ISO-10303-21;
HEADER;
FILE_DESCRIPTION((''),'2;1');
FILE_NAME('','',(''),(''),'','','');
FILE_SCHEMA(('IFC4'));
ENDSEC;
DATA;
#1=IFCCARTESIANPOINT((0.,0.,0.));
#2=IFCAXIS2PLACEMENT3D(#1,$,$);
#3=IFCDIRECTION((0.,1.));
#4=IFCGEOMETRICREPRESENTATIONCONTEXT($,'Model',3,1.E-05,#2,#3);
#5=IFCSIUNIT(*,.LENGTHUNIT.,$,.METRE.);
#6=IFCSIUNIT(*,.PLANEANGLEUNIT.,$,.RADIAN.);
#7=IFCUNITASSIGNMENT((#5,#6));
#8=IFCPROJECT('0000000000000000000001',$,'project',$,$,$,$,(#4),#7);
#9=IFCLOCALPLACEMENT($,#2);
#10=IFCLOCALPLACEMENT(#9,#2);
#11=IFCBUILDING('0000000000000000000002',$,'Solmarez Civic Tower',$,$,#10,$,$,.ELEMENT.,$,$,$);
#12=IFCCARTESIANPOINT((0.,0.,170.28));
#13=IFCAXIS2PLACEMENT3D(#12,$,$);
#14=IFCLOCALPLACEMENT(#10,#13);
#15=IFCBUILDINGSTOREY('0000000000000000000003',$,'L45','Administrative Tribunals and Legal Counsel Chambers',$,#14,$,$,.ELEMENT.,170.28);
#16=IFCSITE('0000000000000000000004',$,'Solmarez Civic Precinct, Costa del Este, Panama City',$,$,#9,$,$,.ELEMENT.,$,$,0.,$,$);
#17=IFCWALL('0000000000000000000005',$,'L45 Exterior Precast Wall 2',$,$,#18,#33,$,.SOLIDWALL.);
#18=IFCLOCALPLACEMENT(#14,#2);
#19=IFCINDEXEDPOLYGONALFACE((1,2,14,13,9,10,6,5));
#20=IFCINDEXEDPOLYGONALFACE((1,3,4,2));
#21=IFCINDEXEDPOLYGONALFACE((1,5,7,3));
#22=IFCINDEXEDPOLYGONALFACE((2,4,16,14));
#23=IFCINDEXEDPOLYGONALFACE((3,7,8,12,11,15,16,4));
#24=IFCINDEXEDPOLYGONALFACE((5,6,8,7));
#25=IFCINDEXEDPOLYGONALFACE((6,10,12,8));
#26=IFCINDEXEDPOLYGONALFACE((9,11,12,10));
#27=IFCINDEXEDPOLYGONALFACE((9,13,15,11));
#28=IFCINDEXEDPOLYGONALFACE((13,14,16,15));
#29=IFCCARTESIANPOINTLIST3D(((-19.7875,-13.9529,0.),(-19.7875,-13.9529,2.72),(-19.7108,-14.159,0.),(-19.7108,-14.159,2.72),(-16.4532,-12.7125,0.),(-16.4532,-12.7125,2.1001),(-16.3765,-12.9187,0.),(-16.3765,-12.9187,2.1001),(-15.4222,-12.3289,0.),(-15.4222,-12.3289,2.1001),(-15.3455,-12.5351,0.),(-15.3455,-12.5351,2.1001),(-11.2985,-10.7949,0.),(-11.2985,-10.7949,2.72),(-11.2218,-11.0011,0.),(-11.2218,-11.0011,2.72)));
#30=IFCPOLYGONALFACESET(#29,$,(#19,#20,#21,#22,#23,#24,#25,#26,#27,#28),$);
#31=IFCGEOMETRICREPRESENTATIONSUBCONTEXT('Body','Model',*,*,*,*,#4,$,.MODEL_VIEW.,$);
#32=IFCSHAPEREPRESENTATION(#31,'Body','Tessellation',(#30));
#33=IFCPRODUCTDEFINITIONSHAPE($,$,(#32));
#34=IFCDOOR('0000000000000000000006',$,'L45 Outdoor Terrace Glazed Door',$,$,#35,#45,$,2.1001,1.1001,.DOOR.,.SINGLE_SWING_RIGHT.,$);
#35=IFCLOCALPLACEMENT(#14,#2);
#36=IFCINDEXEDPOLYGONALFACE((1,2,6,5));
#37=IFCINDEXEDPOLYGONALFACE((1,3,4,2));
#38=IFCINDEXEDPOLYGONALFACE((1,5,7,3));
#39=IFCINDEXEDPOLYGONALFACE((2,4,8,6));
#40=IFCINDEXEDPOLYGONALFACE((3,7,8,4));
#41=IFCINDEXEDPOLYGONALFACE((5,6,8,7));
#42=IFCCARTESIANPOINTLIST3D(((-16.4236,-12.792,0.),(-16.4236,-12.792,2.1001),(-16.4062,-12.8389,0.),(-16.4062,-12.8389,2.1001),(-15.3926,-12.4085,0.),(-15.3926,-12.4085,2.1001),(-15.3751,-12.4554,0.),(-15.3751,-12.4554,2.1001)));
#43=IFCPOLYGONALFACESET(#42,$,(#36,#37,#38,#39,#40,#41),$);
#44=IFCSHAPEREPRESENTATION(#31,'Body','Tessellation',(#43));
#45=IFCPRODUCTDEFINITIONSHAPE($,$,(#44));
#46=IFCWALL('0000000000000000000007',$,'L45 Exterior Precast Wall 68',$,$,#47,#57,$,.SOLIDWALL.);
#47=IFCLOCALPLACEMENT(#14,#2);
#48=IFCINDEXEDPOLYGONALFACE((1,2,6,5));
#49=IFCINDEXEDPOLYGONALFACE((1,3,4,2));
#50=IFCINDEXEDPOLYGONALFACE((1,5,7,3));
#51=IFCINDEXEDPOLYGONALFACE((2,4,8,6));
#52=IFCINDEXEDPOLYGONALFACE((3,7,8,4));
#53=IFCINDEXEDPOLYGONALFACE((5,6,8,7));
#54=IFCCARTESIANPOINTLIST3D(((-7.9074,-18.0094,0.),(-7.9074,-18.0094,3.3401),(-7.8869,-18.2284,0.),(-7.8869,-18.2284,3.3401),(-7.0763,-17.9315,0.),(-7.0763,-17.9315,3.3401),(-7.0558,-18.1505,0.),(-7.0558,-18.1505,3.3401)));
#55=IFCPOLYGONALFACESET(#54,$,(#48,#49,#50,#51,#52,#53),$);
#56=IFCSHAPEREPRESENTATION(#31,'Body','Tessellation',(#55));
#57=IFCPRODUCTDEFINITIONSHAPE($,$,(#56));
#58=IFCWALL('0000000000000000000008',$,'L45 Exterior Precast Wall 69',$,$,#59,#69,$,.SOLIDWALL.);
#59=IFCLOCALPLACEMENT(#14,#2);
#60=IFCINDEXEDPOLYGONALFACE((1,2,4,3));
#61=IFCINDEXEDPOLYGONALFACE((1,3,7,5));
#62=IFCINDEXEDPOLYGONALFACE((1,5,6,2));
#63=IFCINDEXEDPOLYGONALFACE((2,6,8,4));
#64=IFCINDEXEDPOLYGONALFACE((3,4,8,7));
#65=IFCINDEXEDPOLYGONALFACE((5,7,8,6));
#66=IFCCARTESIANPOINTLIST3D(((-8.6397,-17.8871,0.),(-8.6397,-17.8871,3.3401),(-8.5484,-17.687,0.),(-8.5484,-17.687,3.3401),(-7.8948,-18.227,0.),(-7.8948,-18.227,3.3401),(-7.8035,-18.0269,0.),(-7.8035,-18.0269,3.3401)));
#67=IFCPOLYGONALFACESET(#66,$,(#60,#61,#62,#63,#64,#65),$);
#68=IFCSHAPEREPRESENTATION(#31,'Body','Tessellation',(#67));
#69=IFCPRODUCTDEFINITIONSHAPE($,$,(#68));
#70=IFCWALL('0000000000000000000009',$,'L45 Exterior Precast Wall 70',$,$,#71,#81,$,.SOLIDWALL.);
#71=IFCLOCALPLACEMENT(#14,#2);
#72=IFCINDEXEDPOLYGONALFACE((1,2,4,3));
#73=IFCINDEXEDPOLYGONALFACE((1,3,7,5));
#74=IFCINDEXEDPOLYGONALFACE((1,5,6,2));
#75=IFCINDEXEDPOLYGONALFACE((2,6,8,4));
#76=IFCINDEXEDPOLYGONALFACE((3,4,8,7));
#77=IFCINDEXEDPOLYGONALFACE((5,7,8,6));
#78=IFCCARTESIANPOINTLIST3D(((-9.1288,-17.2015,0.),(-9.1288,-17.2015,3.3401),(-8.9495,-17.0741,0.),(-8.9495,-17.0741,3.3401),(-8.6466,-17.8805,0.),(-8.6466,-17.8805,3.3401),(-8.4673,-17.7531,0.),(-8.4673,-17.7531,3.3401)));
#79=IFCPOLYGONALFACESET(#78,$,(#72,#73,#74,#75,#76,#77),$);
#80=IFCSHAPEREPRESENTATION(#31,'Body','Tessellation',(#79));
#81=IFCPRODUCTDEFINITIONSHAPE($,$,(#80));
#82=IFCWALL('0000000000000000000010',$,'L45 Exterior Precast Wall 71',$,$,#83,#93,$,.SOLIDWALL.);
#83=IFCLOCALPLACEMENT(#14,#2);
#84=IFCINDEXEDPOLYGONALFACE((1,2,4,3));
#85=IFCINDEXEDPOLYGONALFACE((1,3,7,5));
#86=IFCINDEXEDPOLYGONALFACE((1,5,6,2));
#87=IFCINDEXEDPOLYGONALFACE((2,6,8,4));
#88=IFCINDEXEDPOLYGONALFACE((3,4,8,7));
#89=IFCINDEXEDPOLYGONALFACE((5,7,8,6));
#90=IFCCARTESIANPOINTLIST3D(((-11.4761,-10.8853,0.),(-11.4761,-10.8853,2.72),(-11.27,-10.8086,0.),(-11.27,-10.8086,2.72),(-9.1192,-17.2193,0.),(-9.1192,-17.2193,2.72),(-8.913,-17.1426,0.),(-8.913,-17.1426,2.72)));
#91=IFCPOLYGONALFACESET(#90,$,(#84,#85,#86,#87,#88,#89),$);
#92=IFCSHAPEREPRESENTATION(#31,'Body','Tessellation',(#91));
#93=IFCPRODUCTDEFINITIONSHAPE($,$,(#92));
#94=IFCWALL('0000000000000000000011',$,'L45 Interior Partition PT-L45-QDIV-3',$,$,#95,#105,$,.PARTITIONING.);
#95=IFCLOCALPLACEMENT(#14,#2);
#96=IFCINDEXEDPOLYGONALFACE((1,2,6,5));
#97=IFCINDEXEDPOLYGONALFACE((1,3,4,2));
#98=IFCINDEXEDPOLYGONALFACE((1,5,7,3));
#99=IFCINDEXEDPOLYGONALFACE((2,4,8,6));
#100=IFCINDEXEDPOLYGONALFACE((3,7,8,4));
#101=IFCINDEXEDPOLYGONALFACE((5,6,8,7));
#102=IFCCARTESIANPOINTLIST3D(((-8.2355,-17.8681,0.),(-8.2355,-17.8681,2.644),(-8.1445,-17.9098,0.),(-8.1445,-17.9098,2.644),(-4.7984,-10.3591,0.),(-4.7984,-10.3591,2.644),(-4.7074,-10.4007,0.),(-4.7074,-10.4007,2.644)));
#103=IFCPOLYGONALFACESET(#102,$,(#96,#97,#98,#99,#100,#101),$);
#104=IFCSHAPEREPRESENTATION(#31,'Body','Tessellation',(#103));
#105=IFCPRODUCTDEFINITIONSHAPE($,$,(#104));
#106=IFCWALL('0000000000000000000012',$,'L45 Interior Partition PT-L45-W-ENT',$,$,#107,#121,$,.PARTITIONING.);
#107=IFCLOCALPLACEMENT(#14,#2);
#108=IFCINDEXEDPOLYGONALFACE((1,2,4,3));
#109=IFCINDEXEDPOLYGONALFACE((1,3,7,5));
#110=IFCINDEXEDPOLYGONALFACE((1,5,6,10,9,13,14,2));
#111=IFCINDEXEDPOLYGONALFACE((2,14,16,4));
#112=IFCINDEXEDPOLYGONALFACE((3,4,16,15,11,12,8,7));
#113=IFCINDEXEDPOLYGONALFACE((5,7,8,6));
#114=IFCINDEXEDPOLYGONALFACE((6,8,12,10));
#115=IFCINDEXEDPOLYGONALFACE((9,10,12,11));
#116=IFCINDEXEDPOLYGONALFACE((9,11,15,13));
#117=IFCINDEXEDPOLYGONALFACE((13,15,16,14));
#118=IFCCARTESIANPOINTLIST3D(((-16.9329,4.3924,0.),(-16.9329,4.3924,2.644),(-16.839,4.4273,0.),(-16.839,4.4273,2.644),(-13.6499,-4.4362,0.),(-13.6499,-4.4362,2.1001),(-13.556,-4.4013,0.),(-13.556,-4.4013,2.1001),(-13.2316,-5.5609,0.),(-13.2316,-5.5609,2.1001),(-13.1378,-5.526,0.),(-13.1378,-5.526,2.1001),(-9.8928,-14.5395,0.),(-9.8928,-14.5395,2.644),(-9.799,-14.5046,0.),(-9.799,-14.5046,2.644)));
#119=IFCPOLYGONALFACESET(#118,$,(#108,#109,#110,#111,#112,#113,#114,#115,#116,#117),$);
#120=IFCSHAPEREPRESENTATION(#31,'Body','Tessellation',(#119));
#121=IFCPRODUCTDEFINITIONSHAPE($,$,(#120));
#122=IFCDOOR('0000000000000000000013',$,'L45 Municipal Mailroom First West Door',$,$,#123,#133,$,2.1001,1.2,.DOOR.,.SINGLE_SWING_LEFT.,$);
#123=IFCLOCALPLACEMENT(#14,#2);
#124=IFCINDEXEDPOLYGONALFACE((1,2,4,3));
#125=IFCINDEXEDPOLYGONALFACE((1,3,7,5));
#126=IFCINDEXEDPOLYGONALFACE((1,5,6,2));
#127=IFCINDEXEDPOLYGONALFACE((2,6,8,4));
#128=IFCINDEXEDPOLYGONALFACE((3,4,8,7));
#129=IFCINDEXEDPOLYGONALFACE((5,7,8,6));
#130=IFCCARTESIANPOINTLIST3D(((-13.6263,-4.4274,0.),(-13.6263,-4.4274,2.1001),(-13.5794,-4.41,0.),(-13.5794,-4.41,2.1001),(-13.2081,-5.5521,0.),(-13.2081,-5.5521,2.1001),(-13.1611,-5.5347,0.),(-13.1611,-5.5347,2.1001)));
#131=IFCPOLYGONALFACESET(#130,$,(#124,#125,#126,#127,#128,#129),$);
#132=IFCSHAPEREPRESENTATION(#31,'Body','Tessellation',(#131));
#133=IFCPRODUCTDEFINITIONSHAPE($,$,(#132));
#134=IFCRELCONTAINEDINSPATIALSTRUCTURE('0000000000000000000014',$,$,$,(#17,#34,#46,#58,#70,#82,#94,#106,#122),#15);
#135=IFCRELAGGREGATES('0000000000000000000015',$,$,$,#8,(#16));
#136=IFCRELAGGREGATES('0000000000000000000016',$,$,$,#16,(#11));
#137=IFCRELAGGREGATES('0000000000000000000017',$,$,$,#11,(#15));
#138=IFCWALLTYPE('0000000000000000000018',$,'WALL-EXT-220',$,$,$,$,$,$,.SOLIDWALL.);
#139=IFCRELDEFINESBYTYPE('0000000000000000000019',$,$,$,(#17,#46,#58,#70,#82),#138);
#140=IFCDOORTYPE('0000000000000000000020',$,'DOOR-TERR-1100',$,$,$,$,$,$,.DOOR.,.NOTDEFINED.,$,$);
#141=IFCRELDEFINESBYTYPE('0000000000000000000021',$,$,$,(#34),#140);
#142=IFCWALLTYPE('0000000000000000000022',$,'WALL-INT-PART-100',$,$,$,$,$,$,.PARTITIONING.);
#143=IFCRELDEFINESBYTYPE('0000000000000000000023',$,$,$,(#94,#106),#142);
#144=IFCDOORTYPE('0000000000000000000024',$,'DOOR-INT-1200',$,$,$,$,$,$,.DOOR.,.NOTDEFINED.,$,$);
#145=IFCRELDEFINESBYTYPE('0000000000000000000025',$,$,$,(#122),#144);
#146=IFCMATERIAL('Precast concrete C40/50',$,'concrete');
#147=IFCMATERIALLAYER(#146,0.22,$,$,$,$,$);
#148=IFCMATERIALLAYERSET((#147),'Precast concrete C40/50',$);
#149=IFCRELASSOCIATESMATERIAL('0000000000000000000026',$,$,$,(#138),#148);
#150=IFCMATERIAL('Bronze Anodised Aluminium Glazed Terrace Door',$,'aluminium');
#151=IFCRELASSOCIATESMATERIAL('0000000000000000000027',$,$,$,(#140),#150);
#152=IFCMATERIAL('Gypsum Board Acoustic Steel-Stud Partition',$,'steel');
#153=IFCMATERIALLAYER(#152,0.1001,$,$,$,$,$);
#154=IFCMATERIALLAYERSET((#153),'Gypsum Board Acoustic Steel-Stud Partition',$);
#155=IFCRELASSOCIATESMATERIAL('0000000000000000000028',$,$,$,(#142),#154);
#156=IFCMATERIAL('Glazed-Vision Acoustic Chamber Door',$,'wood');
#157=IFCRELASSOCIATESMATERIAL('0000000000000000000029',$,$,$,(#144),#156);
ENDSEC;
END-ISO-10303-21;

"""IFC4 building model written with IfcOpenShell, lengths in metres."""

from ifc_helpers import new_model, si_unit, direction, frame, frame_2d, origin, place, context, subcontext, project, spatial, rectangle, extrude, material, layer, layer_set, type_object, element, fill, save


model = new_model("IFC4")

# Units and contexts
model_context = context("Model", 3, precision=1e-05, world=origin(), true_north=direction((0.0, 1.0)))
body_context = subcontext(model_context, "Body", "Model", "MODEL_VIEW")
ifc_project = project(units=[si_unit("LENGTHUNIT", "METRE"), si_unit("PLANEANGLEUNIT", "RADIAN")], contexts=[model_context])

# Site, building, storey
site_placement = place(None, origin())
site = spatial("IfcSite", under=ifc_project, at=site_placement, Name="Solmarez Civic Precinct, Costa del Este, Panama City", CompositionType="ELEMENT", RefElevation=0.0)
building_placement = place(site_placement, origin())
building = spatial("IfcBuilding", under=site, at=building_placement, Name="Solmarez Civic Tower", CompositionType="ELEMENT")
storey_placement = place(building_placement, frame((0.0, 0.0, 170.28)))
storey = spatial("IfcBuildingStorey", under=building, at=storey_placement, Name="L45", Description="Administrative Tribunals and Legal Counsel Chambers", CompositionType="ELEMENT", Elevation=170.28)

# Wall, opening, door
ifc_material_1 = material(Name="Precast concrete C40/50", Category="concrete")
ifc_layer_1 = layer(ifc_material_1, 0.22)
ifc_layer_set_1 = layer_set([ifc_layer_1], Name="Precast concrete C40/50")
wall_type_1 = type_object("IfcWallType", Name="WALL-EXT-220", PredefinedType="SOLIDWALL", material=ifc_layer_set_1)
wall_1_placement = place(storey_placement, frame((-11.26, -10.8979, 0.0), z_axis=(0.0, 0.0, 1.0), x_axis=(-0.937249, -0.348662, 0.0)))
wall_1 = element("IfcWall", 1, at=wall_1_placement, inside=storey, type_object=wall_type_1, Name="L45 Exterior Precast Wall 2", PredefinedType="SOLIDWALL", context=body_context, shape_type="SweptSolid", body=[
    extrude(rectangle(XDim=9.0574, YDim=0.22, at=frame_2d((4.5288, 0.0))), origin(), (0.0, 0.0, 1.0), 2.72),
])
opening_1_placement = place(wall_1_placement, frame((4.3999, 0.0, 0.0)))
opening_1 = element("IfcOpeningElement", 2, at=opening_1_placement, cuts=wall_1, PredefinedType="OPENING", context=body_context, shape_type="SweptSolid", body=[
    extrude(rectangle(XDim=1.1001, YDim=2.1001, at=frame_2d((0.55, 1.05))), frame((0.0, 0.1199, 0.0), z_axis=(0.0, -1.0, 0.0), x_axis=(1.0, 0.0, 0.0)), (0.0, 0.0, 1.0), 0.24),
])
ifc_material_2 = material(Name="Bronze Anodised Aluminium Glazed Terrace Door", Category="aluminium")
door_type_1 = type_object("IfcDoorType", Name="DOOR-TERR-1100", OperationType="NOTDEFINED", PredefinedType="DOOR", material=ifc_material_2)
door_1_placement = place(opening_1_placement, origin())
door_1 = element("IfcDoor", 3, at=door_1_placement, inside=storey, type_object=door_type_1, Name="L45 Outdoor Terrace Glazed Door", OperationType="SINGLE_SWING_RIGHT", OverallHeight=2.1001, OverallWidth=1.1001, PredefinedType="DOOR", context=body_context, shape_type="SweptSolid", body=[
    extrude(rectangle(XDim=1.1001, YDim=2.1001, at=frame_2d((0.55, 1.05))), frame((0.0, 0.0249, 0.0), z_axis=(0.0, -1.0, 0.0), x_axis=(1.0, 0.0, 0.0)), (0.0, 0.0, 1.0), 0.05),
])
fill(opening_1, door_1)

# Walls
wall_2_placement = place(storey_placement, frame((-7.0659, -18.041, 0.0), z_axis=(0.0, 0.0, 1.0), x_axis=(-0.995638, -0.093304, 0.0)))
element("IfcWall", 4, at=wall_2_placement, inside=storey, type_object=wall_type_1, Name="L45 Exterior Precast Wall 68", PredefinedType="SOLIDWALL", context=body_context, shape_type="SweptSolid", body=[
    extrude(rectangle(XDim=0.8347, YDim=0.22, at=frame_2d((0.4175, 0.0))), origin(), (0.0, 0.0, 1.0), 3.3401),
])
wall_3_placement = place(storey_placement, frame((-7.8491, -18.127, 0.0), z_axis=(0.0, 0.0, 1.0), x_axis=(-0.909783, 0.415083, 0.0)))
element("IfcWall", 5, at=wall_3_placement, inside=storey, type_object=wall_type_1, Name="L45 Exterior Precast Wall 69", PredefinedType="SOLIDWALL", context=body_context, shape_type="SweptSolid", body=[
    extrude(rectangle(XDim=0.8188, YDim=0.22, at=frame_2d((0.4094, 0.0))), origin(), (0.0, 0.0, 1.0), 3.3401),
])
wall_4_placement = place(storey_placement, frame((-8.5569, -17.8169, 0.0), z_axis=(0.0, 0.0, 1.0), x_axis=(-0.579017, 0.815315, 0.0)))
element("IfcWall", 6, at=wall_4_placement, inside=storey, type_object=wall_type_1, Name="L45 Exterior Precast Wall 70", PredefinedType="SOLIDWALL", context=body_context, shape_type="SweptSolid", body=[
    extrude(rectangle(XDim=0.8328, YDim=0.22, at=frame_2d((0.4165, 0.0))), origin(), (0.0, 0.0, 1.0), 3.3401),
])
wall_5_placement = place(storey_placement, frame((-9.0161, -17.1809, 0.0), z_axis=(0.0, 0.0, 1.0), x_axis=(-0.348747, 0.937217, 0.0)))
element("IfcWall", 7, at=wall_5_placement, inside=storey, type_object=wall_type_1, Name="L45 Exterior Precast Wall 71", PredefinedType="SOLIDWALL", context=body_context, shape_type="SweptSolid", body=[
    extrude(rectangle(XDim=6.7583, YDim=0.22, at=frame_2d((3.3792, 0.0))), origin(), (0.0, 0.0, 1.0), 2.72),
])
ifc_material_3 = material(Name="Gypsum Board Acoustic Steel-Stud Partition", Category="steel")
ifc_layer_2 = layer(ifc_material_3, 0.1001)
ifc_layer_set_2 = layer_set([ifc_layer_2], Name="Gypsum Board Acoustic Steel-Stud Partition")
wall_type_2 = type_object("IfcWallType", Name="WALL-INT-PART-100", PredefinedType="PARTITIONING", material=ifc_layer_set_2)
wall_6_placement = place(storey_placement, frame((-4.7529, -10.3799, 0.0), z_axis=(0.0, 0.0, 1.0), x_axis=(-0.416191, -0.909277, 0.0)))
element("IfcWall", 8, at=wall_6_placement, inside=storey, type_object=wall_type_2, Name="L45 Interior Partition PT-L45-QDIV-3", PredefinedType="PARTITIONING", context=body_context, shape_type="SweptSolid", body=[
    extrude(rectangle(XDim=8.2583, YDim=0.1001, at=frame_2d((4.1292, 0.0))), origin(), (0.0, 0.0, 1.0), 2.644),
])

# Wall, opening, door
wall_7_placement = place(storey_placement, frame((-9.8459, -14.522, 0.0), z_axis=(0.0, 0.0, 1.0), x_axis=(-0.348543, 0.937293, 0.0)))
wall_7 = element("IfcWall", 9, at=wall_7_placement, inside=storey, type_object=wall_type_2, Name="L45 Interior Partition PT-L45-W-ENT", PredefinedType="PARTITIONING", context=body_context, shape_type="SweptSolid", body=[
    extrude(rectangle(XDim=20.1985, YDim=0.1001, at=frame_2d((10.0991, 0.0))), origin(), (0.0, 0.0, 1.0), 2.644),
])
opening_2_placement = place(wall_7_placement, frame((9.5791, 0.0, 0.0)))
opening_2 = element("IfcOpeningElement", 10, at=opening_2_placement, cuts=wall_7, PredefinedType="OPENING", context=body_context, shape_type="SweptSolid", body=[
    extrude(rectangle(XDim=1.2, YDim=2.1001, at=frame_2d((0.6001, 1.05))), frame((0.0, 0.0601, 0.0), z_axis=(0.0, -1.0, 0.0), x_axis=(1.0, 0.0, 0.0)), (0.0, 0.0, 1.0), 0.1201),
])
ifc_material_4 = material(Name="Glazed-Vision Acoustic Chamber Door", Category="wood")
door_type_2 = type_object("IfcDoorType", Name="DOOR-INT-1200", OperationType="NOTDEFINED", PredefinedType="DOOR", material=ifc_material_4)
door_2_placement = place(opening_2_placement, origin())
door_2 = element("IfcDoor", 11, at=door_2_placement, inside=storey, type_object=door_type_2, Name="L45 Municipal Mailroom First West Door", OperationType="SINGLE_SWING_LEFT", OverallHeight=2.1001, OverallWidth=1.2, PredefinedType="DOOR", context=body_context, shape_type="SweptSolid", body=[
    extrude(rectangle(XDim=1.2, YDim=2.1001, at=frame_2d((0.6001, 1.05))), frame((0.0, 0.0249, 0.0), z_axis=(0.0, -1.0, 0.0), x_axis=(1.0, 0.0, 0.0)), (0.0, 0.0, 1.0), 0.05),
])
fill(opening_2, door_2)

save(model, "model.ifc")
